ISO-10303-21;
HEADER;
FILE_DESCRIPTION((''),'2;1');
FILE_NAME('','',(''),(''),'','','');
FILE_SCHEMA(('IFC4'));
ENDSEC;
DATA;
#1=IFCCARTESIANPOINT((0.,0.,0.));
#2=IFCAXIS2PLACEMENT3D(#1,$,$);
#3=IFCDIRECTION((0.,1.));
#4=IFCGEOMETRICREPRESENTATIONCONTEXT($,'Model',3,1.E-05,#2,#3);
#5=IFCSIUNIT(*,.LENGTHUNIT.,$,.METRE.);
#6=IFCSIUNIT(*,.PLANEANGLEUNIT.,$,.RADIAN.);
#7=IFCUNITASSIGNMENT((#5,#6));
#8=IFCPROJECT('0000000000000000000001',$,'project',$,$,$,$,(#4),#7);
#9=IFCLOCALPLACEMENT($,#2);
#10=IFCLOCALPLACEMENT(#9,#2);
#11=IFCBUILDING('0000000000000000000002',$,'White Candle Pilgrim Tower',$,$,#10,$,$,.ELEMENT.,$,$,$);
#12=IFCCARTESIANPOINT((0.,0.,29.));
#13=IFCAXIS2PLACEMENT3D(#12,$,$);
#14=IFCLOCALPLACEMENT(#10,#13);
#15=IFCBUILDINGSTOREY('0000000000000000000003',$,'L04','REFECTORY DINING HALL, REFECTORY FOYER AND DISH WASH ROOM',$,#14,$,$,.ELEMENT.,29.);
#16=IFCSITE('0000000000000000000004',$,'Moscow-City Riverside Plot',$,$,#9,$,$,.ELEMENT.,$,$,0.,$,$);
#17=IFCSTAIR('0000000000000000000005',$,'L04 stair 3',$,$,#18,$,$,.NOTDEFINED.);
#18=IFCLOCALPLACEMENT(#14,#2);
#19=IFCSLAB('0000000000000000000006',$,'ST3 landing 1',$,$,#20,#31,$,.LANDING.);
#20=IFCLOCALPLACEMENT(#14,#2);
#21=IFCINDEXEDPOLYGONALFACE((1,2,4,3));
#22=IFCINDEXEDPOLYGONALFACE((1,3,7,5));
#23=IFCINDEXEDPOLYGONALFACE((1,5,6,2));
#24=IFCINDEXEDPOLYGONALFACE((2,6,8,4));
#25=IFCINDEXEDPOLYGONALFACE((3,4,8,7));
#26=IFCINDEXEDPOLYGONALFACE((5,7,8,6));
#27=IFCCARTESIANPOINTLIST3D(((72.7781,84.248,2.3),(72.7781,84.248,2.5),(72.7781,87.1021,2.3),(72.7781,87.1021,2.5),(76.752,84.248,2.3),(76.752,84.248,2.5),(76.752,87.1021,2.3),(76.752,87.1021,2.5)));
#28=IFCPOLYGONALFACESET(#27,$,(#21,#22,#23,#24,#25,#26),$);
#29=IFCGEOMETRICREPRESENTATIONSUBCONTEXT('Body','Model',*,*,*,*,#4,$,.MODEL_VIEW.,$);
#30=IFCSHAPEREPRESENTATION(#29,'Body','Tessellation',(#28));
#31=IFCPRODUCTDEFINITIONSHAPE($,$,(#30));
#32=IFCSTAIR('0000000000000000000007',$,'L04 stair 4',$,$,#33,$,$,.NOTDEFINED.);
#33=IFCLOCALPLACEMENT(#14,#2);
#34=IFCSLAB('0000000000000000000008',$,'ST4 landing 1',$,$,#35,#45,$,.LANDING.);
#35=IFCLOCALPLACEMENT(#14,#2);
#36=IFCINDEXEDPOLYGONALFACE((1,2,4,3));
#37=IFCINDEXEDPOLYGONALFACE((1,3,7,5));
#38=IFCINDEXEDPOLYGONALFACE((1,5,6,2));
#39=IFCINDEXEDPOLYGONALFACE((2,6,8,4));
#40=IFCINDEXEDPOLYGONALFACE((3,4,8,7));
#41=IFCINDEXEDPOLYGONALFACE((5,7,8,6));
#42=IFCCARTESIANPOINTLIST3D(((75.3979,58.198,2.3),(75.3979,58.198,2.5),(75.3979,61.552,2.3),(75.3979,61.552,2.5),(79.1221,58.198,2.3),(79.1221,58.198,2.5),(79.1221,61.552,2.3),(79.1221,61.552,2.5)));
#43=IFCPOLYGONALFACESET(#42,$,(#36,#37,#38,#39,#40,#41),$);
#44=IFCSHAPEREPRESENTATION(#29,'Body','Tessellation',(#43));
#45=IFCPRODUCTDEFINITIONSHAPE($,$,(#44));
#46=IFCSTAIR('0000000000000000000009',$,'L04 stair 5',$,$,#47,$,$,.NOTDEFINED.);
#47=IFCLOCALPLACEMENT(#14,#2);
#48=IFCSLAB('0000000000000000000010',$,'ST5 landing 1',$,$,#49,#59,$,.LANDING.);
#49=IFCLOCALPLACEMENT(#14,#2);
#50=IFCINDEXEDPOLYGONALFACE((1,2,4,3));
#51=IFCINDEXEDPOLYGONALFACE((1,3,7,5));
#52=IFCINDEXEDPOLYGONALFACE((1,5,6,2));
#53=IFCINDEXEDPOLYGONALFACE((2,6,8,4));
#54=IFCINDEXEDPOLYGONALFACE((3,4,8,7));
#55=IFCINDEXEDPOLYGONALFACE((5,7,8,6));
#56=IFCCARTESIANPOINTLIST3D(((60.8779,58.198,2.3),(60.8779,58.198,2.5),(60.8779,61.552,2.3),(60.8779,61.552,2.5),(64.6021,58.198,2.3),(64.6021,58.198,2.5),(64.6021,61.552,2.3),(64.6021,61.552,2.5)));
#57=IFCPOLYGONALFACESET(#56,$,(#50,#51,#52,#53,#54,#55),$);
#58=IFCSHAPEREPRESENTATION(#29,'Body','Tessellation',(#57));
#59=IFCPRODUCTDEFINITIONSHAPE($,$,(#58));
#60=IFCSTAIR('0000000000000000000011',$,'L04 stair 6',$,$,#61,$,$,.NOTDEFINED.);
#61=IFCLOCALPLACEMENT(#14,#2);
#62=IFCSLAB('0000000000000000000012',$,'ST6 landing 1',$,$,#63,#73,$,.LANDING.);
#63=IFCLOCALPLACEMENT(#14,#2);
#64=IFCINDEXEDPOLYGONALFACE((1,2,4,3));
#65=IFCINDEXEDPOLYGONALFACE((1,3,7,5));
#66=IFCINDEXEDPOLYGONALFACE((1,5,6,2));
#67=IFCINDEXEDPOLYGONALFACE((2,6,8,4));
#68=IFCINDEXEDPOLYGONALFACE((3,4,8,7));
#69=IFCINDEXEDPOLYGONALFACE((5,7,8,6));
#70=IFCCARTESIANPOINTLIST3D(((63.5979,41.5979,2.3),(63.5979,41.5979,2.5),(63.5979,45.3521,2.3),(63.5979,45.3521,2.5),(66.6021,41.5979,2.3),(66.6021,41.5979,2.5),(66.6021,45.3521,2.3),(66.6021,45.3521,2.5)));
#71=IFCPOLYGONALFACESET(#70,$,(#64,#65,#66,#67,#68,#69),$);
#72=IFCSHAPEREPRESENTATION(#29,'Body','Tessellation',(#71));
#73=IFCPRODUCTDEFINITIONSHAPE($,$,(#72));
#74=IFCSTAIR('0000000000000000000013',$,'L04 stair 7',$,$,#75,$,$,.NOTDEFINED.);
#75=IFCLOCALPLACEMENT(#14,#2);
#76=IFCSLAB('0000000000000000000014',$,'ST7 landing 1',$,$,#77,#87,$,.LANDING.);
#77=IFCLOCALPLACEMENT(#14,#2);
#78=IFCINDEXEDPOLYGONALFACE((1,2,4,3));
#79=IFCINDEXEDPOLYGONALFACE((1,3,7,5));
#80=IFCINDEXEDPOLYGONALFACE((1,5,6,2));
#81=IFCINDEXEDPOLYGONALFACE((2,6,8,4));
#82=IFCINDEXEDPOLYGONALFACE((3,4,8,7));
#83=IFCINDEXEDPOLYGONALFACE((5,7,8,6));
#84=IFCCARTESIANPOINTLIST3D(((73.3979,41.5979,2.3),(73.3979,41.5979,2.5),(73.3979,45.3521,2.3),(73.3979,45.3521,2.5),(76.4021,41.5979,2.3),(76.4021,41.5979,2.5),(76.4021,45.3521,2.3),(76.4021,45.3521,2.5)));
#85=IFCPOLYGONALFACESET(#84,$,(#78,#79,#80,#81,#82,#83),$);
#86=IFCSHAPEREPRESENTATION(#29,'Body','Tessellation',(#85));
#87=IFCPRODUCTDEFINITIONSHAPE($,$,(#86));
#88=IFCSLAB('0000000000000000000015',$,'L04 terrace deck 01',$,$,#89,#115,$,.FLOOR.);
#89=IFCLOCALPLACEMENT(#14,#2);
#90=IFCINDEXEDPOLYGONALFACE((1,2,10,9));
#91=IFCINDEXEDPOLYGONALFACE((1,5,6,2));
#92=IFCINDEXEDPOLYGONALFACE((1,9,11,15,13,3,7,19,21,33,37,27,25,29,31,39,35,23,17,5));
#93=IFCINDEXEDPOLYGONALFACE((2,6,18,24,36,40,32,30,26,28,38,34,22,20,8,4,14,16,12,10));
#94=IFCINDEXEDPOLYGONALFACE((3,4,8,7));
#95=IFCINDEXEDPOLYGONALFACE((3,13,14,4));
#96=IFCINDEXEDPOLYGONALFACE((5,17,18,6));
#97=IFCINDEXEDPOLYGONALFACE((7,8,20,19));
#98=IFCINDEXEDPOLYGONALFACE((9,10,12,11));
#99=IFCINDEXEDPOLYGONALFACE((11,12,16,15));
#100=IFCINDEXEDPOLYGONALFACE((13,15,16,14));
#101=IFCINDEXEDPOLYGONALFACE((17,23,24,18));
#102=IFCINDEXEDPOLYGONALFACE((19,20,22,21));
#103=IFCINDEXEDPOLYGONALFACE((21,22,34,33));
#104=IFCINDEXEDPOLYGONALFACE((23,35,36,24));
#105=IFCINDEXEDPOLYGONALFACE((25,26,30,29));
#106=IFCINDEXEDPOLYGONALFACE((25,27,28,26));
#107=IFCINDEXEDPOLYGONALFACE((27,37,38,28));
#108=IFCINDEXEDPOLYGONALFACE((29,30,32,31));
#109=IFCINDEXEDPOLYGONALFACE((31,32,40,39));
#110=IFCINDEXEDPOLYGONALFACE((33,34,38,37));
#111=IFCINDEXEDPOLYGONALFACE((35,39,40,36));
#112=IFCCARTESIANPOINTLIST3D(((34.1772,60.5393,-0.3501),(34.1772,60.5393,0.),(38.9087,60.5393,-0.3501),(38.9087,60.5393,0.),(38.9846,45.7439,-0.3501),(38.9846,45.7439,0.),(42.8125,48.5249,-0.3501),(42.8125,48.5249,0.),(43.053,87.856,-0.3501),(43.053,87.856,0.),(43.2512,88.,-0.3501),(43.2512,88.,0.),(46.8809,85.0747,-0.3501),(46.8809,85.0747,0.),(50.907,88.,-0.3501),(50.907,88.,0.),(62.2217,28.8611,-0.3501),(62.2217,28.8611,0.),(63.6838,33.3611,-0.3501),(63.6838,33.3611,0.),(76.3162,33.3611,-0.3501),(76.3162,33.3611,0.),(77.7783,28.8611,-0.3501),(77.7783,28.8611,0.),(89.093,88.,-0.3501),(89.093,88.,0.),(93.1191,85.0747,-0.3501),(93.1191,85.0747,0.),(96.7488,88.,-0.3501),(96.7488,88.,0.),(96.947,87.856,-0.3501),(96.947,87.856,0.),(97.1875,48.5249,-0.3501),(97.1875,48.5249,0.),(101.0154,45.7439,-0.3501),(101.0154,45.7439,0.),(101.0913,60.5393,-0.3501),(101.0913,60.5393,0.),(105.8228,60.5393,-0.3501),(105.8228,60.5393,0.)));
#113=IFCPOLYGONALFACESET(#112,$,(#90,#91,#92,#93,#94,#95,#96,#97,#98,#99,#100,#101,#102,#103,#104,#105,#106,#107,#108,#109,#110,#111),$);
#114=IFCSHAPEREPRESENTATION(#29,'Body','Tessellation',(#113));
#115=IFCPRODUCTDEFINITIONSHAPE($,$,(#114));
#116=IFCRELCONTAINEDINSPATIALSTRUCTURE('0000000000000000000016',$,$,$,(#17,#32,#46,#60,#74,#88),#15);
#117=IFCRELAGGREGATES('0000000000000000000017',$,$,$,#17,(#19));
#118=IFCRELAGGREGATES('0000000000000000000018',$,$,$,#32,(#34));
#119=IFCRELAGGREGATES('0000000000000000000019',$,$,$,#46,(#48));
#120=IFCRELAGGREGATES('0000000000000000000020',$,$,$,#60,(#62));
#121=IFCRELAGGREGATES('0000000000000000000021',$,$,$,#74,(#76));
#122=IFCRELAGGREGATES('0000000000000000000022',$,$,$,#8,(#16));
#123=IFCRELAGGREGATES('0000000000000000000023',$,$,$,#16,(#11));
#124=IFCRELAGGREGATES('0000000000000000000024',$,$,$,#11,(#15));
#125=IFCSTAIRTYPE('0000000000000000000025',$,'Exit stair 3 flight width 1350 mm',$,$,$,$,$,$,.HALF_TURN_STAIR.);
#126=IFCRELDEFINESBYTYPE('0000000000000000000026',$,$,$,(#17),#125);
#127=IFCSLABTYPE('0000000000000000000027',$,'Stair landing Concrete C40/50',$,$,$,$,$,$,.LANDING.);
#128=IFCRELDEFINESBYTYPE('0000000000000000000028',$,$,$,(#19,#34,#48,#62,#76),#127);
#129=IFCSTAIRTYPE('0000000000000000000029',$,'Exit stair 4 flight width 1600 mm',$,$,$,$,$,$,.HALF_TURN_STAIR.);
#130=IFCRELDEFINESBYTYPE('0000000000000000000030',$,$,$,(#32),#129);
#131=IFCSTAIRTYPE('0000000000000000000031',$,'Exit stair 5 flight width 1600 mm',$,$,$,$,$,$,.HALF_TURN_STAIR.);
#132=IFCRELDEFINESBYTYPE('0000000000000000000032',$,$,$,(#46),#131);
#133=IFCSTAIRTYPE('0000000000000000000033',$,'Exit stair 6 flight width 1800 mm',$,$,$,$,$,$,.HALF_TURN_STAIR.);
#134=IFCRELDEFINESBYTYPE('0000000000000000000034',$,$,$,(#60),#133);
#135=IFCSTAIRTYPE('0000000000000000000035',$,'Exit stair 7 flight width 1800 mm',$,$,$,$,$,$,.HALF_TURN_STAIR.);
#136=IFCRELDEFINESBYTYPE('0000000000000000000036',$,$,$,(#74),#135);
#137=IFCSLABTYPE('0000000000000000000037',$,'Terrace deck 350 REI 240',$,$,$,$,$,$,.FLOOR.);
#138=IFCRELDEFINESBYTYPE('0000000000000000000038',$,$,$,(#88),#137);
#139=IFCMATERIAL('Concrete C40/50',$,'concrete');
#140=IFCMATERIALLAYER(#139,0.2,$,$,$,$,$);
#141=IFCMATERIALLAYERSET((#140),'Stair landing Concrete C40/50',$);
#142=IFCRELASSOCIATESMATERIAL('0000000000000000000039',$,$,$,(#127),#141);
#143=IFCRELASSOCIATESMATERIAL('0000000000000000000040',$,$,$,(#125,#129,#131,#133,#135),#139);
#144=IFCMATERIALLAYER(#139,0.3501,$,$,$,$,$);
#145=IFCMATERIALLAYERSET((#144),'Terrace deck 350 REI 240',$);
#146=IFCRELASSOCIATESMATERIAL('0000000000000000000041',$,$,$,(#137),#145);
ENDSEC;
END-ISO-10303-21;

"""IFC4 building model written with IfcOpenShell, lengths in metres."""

from ifc_helpers import new_model, si_unit, direction, frame, origin, place, context, subcontext, project, spatial, polyline, outline, extrude, material, layer, layer_set, type_object, element, aggregate, save


model = new_model("IFC4")

# Units and contexts
model_context = context("Model", 3, precision=1e-05, world=origin(), true_north=direction((0.0, 1.0)))
body_context = subcontext(model_context, "Body", "Model", "MODEL_VIEW")
ifc_project = project(units=[si_unit("LENGTHUNIT", "METRE"), si_unit("PLANEANGLEUNIT", "RADIAN")], contexts=[model_context])

# Site, building, storey
site_placement = place(None, origin())
site = spatial("IfcSite", under=ifc_project, at=site_placement, Name="Moscow-City Riverside Plot", CompositionType="ELEMENT", RefElevation=0.0)
building_placement = place(site_placement, origin())
building = spatial("IfcBuilding", under=site, at=building_placement, Name="White Candle Pilgrim Tower", CompositionType="ELEMENT")
storey_placement = place(building_placement, frame((0.0, 0.0, 29.0)))
storey = spatial("IfcBuildingStorey", under=building, at=storey_placement, Name="L04", Description="REFECTORY DINING HALL, REFECTORY FOYER AND DISH WASH ROOM", CompositionType="ELEMENT", Elevation=29.0)

# Shared definitions
ifc_material_1 = material(Name="Concrete C40/50", Category="concrete")

# Stairs, slabs
ifc_layer_1 = layer(ifc_material_1, 0.2)
ifc_layer_set_1 = layer_set([ifc_layer_1], Name="Stair landing Concrete C40/50")
slab_type_1 = type_object("IfcSlabType", Name="Stair landing Concrete C40/50", PredefinedType="LANDING", material=ifc_layer_set_1)
stair_type_1 = type_object("IfcStairType", Name="Exit stair 3 flight width 1350 mm", PredefinedType="HALF_TURN_STAIR", material=ifc_material_1)
stair_1_placement = place(storey_placement, origin())
stair_1 = element("IfcStair", 1, at=stair_1_placement, inside=storey, type_object=stair_type_1, Name="L04 stair 3", PredefinedType="NOTDEFINED")
slab_1_placement = place(storey_placement, frame((0.0, 0.0, 2.3)))
slab_1 = element("IfcSlab", 2, at=slab_1_placement, type_object=slab_type_1, Name="ST3 landing 1", PredefinedType="LANDING", context=body_context, shape_type="SweptSolid", body=[
    extrude(outline(polyline([(72.7781, 84.248), (72.7781, 87.1021), (76.752, 87.1021), (76.752, 84.248), (72.7781, 84.248)])), origin(), (0.0, 0.0, 1.0), 0.2),
])
aggregate(stair_1, [slab_1])
stair_type_2 = type_object("IfcStairType", Name="Exit stair 4 flight width 1600 mm", PredefinedType="HALF_TURN_STAIR", material=ifc_material_1)
stair_2_placement = place(storey_placement, origin())
stair_2 = element("IfcStair", 3, at=stair_2_placement, inside=storey, type_object=stair_type_2, Name="L04 stair 4", PredefinedType="NOTDEFINED")
slab_2_placement = place(storey_placement, frame((0.0, 0.0, 2.3)))
slab_2 = element("IfcSlab", 4, at=slab_2_placement, type_object=slab_type_1, Name="ST4 landing 1", PredefinedType="LANDING", context=body_context, shape_type="SweptSolid", body=[
    extrude(outline(polyline([(79.1221, 61.552), (79.1221, 58.198), (75.3979, 58.198), (75.3979, 61.552), (79.1221, 61.552)])), origin(), (0.0, 0.0, 1.0), 0.2),
])
aggregate(stair_2, [slab_2])
stair_type_3 = type_object("IfcStairType", Name="Exit stair 5 flight width 1600 mm", PredefinedType="HALF_TURN_STAIR", material=ifc_material_1)
stair_3_placement = place(storey_placement, origin())
stair_3 = element("IfcStair", 5, at=stair_3_placement, inside=storey, type_object=stair_type_3, Name="L04 stair 5", PredefinedType="NOTDEFINED")
slab_3_placement = place(storey_placement, frame((0.0, 0.0, 2.3)))
slab_3 = element("IfcSlab", 6, at=slab_3_placement, type_object=slab_type_1, Name="ST5 landing 1", PredefinedType="LANDING", context=body_context, shape_type="SweptSolid", body=[
    extrude(outline(polyline([(60.8779, 58.198), (60.8779, 61.552), (64.6021, 61.552), (64.6021, 58.198), (60.8779, 58.198)])), origin(), (0.0, 0.0, 1.0), 0.2),
])
aggregate(stair_3, [slab_3])
stair_type_4 = type_object("IfcStairType", Name="Exit stair 6 flight width 1800 mm", PredefinedType="HALF_TURN_STAIR", material=ifc_material_1)
stair_4_placement = place(storey_placement, origin())
stair_4 = element("IfcStair", 7, at=stair_4_placement, inside=storey, type_object=stair_type_4, Name="L04 stair 6", PredefinedType="NOTDEFINED")
slab_4_placement = place(storey_placement, frame((0.0, 0.0, 2.3)))
slab_4 = element("IfcSlab", 8, at=slab_4_placement, type_object=slab_type_1, Name="ST6 landing 1", PredefinedType="LANDING", context=body_context, shape_type="SweptSolid", body=[
    extrude(outline(polyline([(63.5979, 41.5979), (63.5979, 45.3521), (66.6021, 45.3521), (66.6021, 41.5979), (63.5979, 41.5979)])), origin(), (0.0, 0.0, 1.0), 0.2),
])
aggregate(stair_4, [slab_4])
stair_type_5 = type_object("IfcStairType", Name="Exit stair 7 flight width 1800 mm", PredefinedType="HALF_TURN_STAIR", material=ifc_material_1)
stair_5_placement = place(storey_placement, origin())
stair_5 = element("IfcStair", 9, at=stair_5_placement, inside=storey, type_object=stair_type_5, Name="L04 stair 7", PredefinedType="NOTDEFINED")
slab_5_placement = place(storey_placement, frame((0.0, 0.0, 2.3)))
slab_5 = element("IfcSlab", 10, at=slab_5_placement, type_object=slab_type_1, Name="ST7 landing 1", PredefinedType="LANDING", context=body_context, shape_type="SweptSolid", body=[
    extrude(outline(polyline([(76.4021, 45.3521), (76.4021, 41.5979), (73.3979, 41.5979), (73.3979, 45.3521), (76.4021, 45.3521)])), origin(), (0.0, 0.0, 1.0), 0.2),
])
aggregate(stair_5, [slab_5])

# Slab
ifc_layer_2 = layer(ifc_material_1, 0.3501)
ifc_layer_set_2 = layer_set([ifc_layer_2], Name="Terrace deck 350 REI 240")
slab_type_2 = type_object("IfcSlabType", Name="Terrace deck 350 REI 240", PredefinedType="FLOOR", material=ifc_layer_set_2)
slab_6_placement = place(storey_placement, frame((0.0, 0.0, -0.3501)))
element("IfcSlab", 11, at=slab_6_placement, inside=storey, type_object=slab_type_2, Name="L04 terrace deck 01", PredefinedType="FLOOR", context=body_context, shape_type="SweptSolid", body=[
    extrude(outline(polyline([(62.2217, 28.8611), (77.7783, 28.8611), (101.0154, 45.7439), (105.8228, 60.5393), (96.947, 87.856), (96.7488, 88.0), (89.093, 88.0), (93.1191, 85.0747), (101.0913, 60.5393), (97.1875, 48.5249), (76.3162, 33.3611), (63.6838, 33.3611), (42.8125, 48.5249), (38.9087, 60.5393), (46.8809, 85.0747), (50.907, 88.0), (43.2512, 88.0), (43.053, 87.856), (34.1772, 60.5393), (38.9846, 45.7439), (62.2217, 28.8611)])), origin(), (0.0, 0.0, 1.0), 0.3501),
])

save(model, "model.ifc")
